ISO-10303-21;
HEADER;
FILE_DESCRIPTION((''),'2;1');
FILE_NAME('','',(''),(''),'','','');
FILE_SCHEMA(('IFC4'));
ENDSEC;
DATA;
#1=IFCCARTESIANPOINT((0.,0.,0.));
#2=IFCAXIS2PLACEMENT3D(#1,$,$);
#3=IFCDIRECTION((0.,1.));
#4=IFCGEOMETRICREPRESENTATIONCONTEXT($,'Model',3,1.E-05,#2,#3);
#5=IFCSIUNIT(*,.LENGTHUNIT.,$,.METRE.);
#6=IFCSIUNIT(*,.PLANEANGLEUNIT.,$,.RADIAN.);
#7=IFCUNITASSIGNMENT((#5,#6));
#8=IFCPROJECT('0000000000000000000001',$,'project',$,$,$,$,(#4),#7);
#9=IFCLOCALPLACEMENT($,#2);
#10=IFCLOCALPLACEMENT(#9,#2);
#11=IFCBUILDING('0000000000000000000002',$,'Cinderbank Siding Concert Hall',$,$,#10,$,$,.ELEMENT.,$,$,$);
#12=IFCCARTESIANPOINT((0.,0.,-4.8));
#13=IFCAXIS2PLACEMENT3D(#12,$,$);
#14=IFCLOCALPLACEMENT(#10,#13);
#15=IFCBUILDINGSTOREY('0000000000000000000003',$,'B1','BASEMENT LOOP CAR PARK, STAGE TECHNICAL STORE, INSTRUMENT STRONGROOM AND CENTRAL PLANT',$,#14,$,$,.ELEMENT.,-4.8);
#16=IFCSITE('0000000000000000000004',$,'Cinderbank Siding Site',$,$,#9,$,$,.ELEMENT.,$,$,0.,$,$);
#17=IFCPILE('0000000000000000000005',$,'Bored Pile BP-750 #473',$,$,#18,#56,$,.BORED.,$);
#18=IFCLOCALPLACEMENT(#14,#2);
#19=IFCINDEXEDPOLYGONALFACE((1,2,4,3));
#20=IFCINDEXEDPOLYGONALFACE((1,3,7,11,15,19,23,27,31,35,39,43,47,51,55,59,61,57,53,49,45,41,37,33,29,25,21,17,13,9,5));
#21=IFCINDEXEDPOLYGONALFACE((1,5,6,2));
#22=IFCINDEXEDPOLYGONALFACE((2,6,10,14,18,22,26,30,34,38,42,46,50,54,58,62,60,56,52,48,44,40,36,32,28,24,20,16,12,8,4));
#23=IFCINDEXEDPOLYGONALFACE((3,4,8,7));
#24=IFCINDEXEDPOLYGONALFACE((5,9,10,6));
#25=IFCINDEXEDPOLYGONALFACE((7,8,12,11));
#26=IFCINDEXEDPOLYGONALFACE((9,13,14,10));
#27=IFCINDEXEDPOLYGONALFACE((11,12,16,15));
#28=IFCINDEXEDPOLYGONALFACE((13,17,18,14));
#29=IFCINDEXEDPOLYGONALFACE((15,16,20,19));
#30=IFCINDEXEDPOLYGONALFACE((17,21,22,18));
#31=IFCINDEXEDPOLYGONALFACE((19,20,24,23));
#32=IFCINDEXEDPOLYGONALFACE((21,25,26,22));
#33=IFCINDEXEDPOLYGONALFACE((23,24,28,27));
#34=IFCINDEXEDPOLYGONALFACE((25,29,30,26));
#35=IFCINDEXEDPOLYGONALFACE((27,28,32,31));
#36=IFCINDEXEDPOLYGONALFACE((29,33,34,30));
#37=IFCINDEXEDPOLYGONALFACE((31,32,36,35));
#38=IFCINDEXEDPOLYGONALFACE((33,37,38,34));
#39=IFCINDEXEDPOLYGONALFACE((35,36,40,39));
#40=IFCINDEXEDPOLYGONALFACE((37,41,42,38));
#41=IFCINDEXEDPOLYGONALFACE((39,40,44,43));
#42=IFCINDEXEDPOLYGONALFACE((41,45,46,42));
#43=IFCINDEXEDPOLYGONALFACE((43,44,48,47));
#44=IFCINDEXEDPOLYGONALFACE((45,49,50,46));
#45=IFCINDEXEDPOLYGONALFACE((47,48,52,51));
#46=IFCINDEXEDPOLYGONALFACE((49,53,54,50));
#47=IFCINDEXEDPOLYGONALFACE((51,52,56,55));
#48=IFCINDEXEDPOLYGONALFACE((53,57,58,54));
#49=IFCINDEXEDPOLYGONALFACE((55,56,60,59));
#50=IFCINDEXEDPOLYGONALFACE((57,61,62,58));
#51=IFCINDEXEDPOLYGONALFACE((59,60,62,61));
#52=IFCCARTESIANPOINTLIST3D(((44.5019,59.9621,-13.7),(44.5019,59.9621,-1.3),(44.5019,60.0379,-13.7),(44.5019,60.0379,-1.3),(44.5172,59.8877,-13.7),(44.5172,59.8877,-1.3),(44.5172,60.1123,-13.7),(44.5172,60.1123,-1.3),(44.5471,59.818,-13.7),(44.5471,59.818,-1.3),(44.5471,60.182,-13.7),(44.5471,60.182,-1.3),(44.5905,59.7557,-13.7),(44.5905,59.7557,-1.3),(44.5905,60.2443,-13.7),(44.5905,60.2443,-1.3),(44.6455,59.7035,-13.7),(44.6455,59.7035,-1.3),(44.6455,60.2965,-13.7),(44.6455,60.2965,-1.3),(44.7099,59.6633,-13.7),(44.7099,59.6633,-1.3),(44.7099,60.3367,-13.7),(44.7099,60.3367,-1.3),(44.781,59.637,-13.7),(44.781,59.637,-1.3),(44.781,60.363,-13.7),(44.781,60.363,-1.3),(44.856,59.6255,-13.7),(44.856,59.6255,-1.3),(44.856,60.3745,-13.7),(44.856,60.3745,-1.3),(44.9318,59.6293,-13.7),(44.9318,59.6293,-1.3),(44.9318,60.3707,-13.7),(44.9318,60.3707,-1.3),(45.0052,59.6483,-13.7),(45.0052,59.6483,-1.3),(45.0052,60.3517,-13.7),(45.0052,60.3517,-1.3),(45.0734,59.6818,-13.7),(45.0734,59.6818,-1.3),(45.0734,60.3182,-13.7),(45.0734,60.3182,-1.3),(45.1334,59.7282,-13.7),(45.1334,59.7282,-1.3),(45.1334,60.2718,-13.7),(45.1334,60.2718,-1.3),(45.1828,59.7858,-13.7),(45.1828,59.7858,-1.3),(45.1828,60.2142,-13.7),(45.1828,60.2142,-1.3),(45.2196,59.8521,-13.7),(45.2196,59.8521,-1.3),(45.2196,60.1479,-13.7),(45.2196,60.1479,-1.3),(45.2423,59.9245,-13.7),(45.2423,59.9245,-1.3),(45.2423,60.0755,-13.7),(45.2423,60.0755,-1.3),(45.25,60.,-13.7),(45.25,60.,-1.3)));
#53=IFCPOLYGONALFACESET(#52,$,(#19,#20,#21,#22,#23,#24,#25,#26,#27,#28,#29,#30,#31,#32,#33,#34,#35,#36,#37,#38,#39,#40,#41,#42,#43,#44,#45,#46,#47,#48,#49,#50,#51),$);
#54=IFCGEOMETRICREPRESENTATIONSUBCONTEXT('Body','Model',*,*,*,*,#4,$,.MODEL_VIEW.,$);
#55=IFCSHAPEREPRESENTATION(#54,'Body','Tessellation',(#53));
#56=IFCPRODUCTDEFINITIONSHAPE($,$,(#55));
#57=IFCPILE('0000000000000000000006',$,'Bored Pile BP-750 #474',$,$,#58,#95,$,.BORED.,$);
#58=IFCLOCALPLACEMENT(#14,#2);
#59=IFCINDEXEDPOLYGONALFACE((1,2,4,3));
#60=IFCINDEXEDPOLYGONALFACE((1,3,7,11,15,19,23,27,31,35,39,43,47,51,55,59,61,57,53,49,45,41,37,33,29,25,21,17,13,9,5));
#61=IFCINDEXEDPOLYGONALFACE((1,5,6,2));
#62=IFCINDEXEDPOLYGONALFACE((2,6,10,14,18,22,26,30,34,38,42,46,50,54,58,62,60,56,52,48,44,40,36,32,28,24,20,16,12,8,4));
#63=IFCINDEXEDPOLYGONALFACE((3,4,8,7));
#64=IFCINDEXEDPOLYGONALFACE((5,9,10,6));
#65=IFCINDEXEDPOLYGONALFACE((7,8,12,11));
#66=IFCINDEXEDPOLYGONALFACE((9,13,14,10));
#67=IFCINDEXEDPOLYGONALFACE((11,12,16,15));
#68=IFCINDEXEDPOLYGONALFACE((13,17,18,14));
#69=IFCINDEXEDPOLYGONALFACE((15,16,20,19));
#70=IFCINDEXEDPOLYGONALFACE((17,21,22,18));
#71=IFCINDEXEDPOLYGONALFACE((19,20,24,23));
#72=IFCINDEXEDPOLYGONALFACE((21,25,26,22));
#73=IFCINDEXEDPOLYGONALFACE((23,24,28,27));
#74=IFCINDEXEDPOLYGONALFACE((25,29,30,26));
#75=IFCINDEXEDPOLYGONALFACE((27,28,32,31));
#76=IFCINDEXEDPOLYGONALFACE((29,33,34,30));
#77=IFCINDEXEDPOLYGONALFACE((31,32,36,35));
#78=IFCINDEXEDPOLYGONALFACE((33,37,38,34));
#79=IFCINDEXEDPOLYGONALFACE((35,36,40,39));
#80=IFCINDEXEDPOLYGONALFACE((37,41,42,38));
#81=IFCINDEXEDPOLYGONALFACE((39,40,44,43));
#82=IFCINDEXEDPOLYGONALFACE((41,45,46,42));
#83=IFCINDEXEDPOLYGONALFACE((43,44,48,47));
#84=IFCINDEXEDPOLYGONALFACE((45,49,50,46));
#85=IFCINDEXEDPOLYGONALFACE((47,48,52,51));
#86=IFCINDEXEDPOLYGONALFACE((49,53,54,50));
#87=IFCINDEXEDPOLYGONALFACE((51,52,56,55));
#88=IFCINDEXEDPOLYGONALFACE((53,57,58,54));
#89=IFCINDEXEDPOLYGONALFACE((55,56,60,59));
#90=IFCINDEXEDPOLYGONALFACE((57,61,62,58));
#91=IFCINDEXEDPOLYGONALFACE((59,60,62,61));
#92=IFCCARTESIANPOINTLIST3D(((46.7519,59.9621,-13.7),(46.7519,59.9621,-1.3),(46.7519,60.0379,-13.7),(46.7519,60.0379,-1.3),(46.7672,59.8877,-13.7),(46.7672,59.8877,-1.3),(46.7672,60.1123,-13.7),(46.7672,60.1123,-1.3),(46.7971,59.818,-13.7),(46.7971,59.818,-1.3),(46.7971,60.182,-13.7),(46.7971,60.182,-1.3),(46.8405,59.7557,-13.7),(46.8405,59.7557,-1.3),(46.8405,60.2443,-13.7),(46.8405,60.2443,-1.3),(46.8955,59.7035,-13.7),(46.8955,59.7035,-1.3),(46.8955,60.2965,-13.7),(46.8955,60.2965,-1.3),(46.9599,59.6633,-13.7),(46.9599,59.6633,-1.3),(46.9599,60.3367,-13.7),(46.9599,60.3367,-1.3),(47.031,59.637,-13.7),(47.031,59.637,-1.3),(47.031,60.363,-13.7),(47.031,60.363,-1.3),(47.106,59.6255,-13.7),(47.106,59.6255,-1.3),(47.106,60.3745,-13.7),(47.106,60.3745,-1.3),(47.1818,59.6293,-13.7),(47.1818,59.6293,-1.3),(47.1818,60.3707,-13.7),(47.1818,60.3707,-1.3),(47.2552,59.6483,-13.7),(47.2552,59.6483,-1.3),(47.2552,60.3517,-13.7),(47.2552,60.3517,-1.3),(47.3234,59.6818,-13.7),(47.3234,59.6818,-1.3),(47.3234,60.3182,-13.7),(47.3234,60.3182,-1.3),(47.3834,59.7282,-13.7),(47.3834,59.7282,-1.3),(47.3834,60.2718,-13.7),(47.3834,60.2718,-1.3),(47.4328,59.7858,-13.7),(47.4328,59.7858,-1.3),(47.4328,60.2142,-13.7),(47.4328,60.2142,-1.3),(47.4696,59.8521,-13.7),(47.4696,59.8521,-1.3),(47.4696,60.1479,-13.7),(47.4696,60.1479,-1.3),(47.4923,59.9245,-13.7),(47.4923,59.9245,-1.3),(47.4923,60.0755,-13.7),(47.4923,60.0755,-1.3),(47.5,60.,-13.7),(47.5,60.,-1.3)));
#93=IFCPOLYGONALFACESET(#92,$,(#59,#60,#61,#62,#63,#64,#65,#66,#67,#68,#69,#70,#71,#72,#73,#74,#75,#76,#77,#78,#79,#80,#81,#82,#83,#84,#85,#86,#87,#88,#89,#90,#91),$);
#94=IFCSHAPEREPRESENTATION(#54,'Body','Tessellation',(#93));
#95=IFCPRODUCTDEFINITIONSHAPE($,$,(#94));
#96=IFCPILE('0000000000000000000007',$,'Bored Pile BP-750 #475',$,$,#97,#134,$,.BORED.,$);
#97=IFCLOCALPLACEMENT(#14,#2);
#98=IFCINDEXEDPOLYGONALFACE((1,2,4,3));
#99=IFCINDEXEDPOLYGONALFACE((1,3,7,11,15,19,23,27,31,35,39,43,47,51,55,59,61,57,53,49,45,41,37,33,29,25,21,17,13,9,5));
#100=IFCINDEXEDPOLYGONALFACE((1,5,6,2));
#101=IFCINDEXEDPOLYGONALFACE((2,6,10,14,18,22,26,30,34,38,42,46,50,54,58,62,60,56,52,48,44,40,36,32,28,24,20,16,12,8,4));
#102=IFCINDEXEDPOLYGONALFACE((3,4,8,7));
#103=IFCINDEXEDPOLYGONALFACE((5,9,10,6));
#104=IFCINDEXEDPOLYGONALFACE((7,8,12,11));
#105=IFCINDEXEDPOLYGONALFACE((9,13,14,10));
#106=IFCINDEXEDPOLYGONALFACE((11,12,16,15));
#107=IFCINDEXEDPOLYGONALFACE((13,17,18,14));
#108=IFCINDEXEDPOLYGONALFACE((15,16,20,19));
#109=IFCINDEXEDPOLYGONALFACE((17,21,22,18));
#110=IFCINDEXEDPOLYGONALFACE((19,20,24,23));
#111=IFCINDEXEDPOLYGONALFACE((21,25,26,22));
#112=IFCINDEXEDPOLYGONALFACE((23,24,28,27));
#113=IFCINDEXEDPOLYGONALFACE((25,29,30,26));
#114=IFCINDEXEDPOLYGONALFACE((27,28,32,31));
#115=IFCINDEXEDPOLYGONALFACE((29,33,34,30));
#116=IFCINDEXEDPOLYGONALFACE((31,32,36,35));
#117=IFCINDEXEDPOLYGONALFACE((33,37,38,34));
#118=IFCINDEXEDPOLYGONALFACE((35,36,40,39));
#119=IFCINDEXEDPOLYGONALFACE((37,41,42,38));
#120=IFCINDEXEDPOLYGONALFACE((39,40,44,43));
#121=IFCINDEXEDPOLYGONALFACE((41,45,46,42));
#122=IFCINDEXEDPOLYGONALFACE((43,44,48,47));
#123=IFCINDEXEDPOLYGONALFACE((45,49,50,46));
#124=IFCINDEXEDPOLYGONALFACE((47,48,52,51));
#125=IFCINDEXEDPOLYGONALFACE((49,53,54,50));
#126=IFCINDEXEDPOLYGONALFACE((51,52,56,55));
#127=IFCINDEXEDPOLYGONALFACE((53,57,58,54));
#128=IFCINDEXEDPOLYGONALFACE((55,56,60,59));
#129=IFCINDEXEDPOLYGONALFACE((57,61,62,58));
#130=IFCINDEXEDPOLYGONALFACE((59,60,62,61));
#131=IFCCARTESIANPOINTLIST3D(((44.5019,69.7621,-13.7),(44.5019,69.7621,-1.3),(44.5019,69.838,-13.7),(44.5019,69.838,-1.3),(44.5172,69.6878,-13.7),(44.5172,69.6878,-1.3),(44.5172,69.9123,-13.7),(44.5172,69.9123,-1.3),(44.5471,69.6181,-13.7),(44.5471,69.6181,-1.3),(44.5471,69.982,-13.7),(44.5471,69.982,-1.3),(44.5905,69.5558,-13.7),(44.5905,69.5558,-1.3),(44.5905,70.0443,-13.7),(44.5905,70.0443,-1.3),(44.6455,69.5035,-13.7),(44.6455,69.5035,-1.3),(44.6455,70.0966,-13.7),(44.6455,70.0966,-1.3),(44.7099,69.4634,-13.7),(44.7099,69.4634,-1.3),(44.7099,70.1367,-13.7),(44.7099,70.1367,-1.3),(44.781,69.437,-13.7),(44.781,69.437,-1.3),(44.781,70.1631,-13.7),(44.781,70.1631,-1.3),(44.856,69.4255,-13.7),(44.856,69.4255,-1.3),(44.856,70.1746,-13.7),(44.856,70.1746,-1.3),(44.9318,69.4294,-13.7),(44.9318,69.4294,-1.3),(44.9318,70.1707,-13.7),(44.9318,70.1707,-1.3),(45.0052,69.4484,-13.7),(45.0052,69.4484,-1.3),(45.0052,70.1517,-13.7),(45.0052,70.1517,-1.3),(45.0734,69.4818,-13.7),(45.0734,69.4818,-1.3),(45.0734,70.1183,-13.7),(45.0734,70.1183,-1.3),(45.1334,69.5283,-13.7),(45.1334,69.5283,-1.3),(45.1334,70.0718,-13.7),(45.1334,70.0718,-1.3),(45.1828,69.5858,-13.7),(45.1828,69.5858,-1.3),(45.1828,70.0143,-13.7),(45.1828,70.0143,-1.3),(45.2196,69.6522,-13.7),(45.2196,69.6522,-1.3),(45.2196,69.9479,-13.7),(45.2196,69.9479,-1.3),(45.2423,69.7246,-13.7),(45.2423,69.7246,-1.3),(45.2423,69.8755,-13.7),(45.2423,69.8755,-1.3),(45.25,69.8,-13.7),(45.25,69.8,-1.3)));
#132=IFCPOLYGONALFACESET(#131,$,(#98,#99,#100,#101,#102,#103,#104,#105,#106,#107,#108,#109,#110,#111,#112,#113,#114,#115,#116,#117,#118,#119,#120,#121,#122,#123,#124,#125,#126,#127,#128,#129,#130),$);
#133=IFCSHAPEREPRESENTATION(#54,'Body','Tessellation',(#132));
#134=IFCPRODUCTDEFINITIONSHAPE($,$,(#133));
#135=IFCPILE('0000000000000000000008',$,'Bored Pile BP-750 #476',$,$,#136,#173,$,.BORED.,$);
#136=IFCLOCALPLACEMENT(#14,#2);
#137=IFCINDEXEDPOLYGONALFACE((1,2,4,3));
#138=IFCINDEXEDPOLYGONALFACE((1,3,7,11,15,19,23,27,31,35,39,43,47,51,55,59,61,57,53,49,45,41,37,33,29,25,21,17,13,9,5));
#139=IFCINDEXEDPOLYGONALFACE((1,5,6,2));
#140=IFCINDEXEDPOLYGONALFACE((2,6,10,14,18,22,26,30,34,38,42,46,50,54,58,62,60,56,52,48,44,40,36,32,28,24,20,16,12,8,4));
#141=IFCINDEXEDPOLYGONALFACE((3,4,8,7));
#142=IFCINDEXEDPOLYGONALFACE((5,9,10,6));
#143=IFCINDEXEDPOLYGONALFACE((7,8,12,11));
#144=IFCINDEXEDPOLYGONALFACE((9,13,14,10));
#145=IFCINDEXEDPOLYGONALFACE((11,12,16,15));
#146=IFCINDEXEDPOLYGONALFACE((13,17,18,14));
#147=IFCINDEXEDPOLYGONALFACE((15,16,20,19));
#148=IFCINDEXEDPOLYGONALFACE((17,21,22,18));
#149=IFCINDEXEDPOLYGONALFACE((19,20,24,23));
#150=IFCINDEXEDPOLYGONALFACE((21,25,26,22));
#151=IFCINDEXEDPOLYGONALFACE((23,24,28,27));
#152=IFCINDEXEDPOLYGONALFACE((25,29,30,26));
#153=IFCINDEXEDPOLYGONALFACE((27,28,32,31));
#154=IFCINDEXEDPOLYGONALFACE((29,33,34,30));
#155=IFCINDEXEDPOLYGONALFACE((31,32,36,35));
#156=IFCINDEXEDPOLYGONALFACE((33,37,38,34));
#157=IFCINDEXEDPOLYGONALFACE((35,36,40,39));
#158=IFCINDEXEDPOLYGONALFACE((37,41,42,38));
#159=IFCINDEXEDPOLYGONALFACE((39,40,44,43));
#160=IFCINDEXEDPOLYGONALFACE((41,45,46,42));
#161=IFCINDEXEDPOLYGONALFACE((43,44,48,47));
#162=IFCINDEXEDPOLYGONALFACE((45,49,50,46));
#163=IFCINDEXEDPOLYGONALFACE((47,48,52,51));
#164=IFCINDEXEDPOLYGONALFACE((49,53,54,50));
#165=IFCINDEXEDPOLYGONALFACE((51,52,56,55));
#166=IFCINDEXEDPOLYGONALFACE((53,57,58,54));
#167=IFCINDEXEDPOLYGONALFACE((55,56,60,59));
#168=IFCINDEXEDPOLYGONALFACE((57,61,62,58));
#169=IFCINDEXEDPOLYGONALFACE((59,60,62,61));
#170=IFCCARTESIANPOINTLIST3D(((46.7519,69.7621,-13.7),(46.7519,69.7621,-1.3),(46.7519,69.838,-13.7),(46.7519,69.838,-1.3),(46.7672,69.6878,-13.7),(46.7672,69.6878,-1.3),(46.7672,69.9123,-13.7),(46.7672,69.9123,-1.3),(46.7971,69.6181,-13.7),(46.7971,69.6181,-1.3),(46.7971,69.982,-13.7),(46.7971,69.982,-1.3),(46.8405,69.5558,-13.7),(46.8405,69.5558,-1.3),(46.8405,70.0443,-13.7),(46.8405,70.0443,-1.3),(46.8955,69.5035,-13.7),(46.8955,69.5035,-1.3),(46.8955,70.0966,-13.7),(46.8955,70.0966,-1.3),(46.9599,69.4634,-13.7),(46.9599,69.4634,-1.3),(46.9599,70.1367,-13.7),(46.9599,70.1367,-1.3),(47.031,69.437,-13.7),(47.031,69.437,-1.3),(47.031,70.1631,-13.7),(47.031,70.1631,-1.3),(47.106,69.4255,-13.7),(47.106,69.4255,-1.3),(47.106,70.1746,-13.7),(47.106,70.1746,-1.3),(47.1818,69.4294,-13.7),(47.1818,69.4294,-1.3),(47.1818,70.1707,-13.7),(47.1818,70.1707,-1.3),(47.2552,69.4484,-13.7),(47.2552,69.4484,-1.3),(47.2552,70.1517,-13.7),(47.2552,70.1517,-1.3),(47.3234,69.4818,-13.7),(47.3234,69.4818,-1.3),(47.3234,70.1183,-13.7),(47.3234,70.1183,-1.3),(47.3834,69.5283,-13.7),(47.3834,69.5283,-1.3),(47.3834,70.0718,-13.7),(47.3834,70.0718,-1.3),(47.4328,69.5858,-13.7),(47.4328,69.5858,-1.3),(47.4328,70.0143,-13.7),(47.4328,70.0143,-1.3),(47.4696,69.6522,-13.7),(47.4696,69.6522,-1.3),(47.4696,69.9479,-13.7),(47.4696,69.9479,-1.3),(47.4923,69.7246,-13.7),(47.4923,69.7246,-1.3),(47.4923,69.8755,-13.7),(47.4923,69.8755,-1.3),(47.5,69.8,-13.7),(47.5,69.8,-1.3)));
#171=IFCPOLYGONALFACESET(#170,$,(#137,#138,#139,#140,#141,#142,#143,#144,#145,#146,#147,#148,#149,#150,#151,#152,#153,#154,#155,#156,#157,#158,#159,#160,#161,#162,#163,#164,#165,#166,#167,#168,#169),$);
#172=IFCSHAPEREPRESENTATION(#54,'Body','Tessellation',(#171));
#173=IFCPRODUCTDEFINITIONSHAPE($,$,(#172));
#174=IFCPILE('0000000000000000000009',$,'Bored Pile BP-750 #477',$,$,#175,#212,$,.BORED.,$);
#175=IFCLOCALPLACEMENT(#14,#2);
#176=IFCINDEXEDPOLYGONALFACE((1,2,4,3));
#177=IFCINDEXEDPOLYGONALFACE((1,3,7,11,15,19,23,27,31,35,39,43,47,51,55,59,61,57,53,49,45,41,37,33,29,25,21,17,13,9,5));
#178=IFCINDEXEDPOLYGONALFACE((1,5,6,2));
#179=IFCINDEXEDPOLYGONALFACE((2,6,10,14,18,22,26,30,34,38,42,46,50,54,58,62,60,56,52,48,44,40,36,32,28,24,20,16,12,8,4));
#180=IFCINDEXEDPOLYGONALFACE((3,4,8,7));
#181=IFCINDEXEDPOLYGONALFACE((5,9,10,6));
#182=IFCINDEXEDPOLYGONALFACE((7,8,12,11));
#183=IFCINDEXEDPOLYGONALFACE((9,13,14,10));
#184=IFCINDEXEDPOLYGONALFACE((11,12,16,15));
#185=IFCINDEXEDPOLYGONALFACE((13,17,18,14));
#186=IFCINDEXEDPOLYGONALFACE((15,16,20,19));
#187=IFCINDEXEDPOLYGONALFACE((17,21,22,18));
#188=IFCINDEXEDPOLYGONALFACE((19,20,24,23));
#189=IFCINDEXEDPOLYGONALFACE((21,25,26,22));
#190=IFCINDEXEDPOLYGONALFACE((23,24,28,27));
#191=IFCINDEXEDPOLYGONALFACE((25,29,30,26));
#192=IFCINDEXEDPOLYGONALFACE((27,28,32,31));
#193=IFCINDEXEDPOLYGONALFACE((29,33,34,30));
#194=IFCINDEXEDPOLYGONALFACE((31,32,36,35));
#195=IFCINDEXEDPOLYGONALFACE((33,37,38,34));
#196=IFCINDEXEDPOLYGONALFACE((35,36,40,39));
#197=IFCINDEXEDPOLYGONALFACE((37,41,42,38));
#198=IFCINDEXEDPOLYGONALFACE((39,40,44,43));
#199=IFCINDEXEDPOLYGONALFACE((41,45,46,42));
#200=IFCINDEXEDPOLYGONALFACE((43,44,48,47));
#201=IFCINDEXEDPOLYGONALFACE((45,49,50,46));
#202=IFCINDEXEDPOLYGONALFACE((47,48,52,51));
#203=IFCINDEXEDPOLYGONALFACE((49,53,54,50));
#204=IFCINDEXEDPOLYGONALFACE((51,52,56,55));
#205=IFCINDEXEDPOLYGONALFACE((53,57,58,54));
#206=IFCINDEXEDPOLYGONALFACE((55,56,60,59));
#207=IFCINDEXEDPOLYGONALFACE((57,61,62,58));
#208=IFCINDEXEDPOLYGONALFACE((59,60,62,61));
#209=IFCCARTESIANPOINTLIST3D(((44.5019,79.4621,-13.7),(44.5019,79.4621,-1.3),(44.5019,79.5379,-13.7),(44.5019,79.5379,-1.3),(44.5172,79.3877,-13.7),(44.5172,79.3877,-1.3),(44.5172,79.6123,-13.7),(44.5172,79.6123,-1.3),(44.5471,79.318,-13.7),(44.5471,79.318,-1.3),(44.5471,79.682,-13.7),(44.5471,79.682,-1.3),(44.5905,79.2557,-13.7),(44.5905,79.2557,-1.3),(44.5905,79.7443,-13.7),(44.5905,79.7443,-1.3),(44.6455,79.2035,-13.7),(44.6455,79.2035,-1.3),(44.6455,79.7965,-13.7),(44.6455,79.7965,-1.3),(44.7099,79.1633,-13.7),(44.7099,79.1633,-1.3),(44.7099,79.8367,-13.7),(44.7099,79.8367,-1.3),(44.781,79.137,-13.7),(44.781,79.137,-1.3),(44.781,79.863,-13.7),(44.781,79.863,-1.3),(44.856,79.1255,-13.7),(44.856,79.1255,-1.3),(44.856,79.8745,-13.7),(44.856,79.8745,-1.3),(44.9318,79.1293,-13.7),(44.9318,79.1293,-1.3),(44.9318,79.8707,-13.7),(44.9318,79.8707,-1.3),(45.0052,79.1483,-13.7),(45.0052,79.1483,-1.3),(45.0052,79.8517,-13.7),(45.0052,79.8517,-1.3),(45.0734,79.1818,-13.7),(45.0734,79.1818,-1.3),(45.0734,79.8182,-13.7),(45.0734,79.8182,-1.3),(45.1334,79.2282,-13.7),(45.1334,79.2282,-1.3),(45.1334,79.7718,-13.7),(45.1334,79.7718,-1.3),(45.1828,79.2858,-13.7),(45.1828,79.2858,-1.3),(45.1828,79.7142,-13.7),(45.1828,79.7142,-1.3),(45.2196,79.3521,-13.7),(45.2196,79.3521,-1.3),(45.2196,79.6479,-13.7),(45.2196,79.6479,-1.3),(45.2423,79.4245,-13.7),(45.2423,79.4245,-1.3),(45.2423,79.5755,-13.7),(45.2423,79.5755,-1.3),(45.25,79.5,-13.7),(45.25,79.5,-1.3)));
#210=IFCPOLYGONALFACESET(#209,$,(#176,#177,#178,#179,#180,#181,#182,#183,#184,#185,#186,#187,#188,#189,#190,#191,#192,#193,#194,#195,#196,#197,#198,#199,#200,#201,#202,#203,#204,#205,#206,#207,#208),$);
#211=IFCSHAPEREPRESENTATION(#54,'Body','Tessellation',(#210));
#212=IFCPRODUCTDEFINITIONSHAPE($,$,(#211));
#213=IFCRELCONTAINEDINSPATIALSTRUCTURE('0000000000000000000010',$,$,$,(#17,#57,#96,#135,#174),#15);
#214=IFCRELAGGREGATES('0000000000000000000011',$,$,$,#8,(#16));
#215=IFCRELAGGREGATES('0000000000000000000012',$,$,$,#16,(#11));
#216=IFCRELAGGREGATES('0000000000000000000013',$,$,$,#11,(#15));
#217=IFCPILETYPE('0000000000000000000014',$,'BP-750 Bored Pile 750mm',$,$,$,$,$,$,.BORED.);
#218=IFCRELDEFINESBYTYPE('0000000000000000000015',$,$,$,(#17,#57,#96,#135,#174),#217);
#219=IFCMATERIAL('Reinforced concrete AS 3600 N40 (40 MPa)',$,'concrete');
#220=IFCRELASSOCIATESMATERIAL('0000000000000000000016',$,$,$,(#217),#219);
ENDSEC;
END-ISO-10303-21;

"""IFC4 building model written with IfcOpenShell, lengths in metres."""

from ifc_helpers import new_model, si_unit, direction, frame, origin, origin_2d, place, context, subcontext, project, spatial, circle, extrude, material, material_profile, profile_set, type_object, element, save


model = new_model("IFC4")

# Units and contexts
model_context = context("Model", 3, precision=1e-05, world=origin(), true_north=direction((0.0, 1.0)))
body_context = subcontext(model_context, "Body", "Model", "MODEL_VIEW")
ifc_project = project(units=[si_unit("LENGTHUNIT", "METRE"), si_unit("PLANEANGLEUNIT", "RADIAN")], contexts=[model_context])

# Site, building, storey
site_placement = place(None, origin())
site = spatial("IfcSite", under=ifc_project, at=site_placement, Name="Cinderbank Siding Site", CompositionType="ELEMENT", RefElevation=0.0)
building_placement = place(site_placement, origin())
building = spatial("IfcBuilding", under=site, at=building_placement, Name="Cinderbank Siding Concert Hall", CompositionType="ELEMENT")
storey_placement = place(building_placement, frame((0.0, 0.0, -4.8)))
storey = spatial("IfcBuildingStorey", under=building, at=storey_placement, Name="B1", Description="BASEMENT LOOP CAR PARK, STAGE TECHNICAL STORE, INSTRUMENT STRONGROOM AND CENTRAL PLANT", CompositionType="ELEMENT", Elevation=-4.8)

# Piles
ifc_material_1 = material(Name="Reinforced concrete AS 3600 N40 (40 MPa)", Category="concrete")
ifc_material_profile_1 = material_profile(ifc_material_1, circle(Radius=0.375, at=origin_2d()), Name="PILE-750DIA", Category="LoadBearing")
ifc_profile_set_1 = profile_set([ifc_material_profile_1], Name="Reinforced concrete AS 3600 N40 (40 MPa)")
pile_type_1 = type_object("IfcPileType", Name="BP-750 Bored Pile 750mm", PredefinedType="BORED", material=ifc_profile_set_1)
for number, where, z_axis, x_axis, name in (
    (1, (44.875, 60.0, -1.3), (0.0, 0.0, -1.0), (1.0, 0.0, 0.0), "Bored Pile BP-750 #473"),
    (2, (47.125, 60.0, -1.3), (0.0, 0.0, -1.0), (1.0, 0.0, 0.0), "Bored Pile BP-750 #474"),
    (3, (44.875, 69.8, -1.3), (0.0, 0.0, -1.0), (1.0, 0.0, 0.0), "Bored Pile BP-750 #475"),
    (4, (47.125, 69.8, -1.3), (0.0, 0.0, -1.0), (1.0, 0.0, 0.0), "Bored Pile BP-750 #476"),
    (5, (44.875, 79.5, -1.3), (0.0, 0.0, -1.0), (1.0, 0.0, 0.0), "Bored Pile BP-750 #477"),
):
    element("IfcPile", number, at=place(storey_placement, frame(where, z_axis=z_axis, x_axis=x_axis)), inside=storey, type_object=pile_type_1, Name=name, PredefinedType="BORED", context=body_context, shape_type="SweptSolid", body=[
        extrude(circle(Radius=0.375, at=origin_2d()), origin(), (0.0, 0.0, 1.0), 12.3999),
    ])

save(model, "model.ifc")
